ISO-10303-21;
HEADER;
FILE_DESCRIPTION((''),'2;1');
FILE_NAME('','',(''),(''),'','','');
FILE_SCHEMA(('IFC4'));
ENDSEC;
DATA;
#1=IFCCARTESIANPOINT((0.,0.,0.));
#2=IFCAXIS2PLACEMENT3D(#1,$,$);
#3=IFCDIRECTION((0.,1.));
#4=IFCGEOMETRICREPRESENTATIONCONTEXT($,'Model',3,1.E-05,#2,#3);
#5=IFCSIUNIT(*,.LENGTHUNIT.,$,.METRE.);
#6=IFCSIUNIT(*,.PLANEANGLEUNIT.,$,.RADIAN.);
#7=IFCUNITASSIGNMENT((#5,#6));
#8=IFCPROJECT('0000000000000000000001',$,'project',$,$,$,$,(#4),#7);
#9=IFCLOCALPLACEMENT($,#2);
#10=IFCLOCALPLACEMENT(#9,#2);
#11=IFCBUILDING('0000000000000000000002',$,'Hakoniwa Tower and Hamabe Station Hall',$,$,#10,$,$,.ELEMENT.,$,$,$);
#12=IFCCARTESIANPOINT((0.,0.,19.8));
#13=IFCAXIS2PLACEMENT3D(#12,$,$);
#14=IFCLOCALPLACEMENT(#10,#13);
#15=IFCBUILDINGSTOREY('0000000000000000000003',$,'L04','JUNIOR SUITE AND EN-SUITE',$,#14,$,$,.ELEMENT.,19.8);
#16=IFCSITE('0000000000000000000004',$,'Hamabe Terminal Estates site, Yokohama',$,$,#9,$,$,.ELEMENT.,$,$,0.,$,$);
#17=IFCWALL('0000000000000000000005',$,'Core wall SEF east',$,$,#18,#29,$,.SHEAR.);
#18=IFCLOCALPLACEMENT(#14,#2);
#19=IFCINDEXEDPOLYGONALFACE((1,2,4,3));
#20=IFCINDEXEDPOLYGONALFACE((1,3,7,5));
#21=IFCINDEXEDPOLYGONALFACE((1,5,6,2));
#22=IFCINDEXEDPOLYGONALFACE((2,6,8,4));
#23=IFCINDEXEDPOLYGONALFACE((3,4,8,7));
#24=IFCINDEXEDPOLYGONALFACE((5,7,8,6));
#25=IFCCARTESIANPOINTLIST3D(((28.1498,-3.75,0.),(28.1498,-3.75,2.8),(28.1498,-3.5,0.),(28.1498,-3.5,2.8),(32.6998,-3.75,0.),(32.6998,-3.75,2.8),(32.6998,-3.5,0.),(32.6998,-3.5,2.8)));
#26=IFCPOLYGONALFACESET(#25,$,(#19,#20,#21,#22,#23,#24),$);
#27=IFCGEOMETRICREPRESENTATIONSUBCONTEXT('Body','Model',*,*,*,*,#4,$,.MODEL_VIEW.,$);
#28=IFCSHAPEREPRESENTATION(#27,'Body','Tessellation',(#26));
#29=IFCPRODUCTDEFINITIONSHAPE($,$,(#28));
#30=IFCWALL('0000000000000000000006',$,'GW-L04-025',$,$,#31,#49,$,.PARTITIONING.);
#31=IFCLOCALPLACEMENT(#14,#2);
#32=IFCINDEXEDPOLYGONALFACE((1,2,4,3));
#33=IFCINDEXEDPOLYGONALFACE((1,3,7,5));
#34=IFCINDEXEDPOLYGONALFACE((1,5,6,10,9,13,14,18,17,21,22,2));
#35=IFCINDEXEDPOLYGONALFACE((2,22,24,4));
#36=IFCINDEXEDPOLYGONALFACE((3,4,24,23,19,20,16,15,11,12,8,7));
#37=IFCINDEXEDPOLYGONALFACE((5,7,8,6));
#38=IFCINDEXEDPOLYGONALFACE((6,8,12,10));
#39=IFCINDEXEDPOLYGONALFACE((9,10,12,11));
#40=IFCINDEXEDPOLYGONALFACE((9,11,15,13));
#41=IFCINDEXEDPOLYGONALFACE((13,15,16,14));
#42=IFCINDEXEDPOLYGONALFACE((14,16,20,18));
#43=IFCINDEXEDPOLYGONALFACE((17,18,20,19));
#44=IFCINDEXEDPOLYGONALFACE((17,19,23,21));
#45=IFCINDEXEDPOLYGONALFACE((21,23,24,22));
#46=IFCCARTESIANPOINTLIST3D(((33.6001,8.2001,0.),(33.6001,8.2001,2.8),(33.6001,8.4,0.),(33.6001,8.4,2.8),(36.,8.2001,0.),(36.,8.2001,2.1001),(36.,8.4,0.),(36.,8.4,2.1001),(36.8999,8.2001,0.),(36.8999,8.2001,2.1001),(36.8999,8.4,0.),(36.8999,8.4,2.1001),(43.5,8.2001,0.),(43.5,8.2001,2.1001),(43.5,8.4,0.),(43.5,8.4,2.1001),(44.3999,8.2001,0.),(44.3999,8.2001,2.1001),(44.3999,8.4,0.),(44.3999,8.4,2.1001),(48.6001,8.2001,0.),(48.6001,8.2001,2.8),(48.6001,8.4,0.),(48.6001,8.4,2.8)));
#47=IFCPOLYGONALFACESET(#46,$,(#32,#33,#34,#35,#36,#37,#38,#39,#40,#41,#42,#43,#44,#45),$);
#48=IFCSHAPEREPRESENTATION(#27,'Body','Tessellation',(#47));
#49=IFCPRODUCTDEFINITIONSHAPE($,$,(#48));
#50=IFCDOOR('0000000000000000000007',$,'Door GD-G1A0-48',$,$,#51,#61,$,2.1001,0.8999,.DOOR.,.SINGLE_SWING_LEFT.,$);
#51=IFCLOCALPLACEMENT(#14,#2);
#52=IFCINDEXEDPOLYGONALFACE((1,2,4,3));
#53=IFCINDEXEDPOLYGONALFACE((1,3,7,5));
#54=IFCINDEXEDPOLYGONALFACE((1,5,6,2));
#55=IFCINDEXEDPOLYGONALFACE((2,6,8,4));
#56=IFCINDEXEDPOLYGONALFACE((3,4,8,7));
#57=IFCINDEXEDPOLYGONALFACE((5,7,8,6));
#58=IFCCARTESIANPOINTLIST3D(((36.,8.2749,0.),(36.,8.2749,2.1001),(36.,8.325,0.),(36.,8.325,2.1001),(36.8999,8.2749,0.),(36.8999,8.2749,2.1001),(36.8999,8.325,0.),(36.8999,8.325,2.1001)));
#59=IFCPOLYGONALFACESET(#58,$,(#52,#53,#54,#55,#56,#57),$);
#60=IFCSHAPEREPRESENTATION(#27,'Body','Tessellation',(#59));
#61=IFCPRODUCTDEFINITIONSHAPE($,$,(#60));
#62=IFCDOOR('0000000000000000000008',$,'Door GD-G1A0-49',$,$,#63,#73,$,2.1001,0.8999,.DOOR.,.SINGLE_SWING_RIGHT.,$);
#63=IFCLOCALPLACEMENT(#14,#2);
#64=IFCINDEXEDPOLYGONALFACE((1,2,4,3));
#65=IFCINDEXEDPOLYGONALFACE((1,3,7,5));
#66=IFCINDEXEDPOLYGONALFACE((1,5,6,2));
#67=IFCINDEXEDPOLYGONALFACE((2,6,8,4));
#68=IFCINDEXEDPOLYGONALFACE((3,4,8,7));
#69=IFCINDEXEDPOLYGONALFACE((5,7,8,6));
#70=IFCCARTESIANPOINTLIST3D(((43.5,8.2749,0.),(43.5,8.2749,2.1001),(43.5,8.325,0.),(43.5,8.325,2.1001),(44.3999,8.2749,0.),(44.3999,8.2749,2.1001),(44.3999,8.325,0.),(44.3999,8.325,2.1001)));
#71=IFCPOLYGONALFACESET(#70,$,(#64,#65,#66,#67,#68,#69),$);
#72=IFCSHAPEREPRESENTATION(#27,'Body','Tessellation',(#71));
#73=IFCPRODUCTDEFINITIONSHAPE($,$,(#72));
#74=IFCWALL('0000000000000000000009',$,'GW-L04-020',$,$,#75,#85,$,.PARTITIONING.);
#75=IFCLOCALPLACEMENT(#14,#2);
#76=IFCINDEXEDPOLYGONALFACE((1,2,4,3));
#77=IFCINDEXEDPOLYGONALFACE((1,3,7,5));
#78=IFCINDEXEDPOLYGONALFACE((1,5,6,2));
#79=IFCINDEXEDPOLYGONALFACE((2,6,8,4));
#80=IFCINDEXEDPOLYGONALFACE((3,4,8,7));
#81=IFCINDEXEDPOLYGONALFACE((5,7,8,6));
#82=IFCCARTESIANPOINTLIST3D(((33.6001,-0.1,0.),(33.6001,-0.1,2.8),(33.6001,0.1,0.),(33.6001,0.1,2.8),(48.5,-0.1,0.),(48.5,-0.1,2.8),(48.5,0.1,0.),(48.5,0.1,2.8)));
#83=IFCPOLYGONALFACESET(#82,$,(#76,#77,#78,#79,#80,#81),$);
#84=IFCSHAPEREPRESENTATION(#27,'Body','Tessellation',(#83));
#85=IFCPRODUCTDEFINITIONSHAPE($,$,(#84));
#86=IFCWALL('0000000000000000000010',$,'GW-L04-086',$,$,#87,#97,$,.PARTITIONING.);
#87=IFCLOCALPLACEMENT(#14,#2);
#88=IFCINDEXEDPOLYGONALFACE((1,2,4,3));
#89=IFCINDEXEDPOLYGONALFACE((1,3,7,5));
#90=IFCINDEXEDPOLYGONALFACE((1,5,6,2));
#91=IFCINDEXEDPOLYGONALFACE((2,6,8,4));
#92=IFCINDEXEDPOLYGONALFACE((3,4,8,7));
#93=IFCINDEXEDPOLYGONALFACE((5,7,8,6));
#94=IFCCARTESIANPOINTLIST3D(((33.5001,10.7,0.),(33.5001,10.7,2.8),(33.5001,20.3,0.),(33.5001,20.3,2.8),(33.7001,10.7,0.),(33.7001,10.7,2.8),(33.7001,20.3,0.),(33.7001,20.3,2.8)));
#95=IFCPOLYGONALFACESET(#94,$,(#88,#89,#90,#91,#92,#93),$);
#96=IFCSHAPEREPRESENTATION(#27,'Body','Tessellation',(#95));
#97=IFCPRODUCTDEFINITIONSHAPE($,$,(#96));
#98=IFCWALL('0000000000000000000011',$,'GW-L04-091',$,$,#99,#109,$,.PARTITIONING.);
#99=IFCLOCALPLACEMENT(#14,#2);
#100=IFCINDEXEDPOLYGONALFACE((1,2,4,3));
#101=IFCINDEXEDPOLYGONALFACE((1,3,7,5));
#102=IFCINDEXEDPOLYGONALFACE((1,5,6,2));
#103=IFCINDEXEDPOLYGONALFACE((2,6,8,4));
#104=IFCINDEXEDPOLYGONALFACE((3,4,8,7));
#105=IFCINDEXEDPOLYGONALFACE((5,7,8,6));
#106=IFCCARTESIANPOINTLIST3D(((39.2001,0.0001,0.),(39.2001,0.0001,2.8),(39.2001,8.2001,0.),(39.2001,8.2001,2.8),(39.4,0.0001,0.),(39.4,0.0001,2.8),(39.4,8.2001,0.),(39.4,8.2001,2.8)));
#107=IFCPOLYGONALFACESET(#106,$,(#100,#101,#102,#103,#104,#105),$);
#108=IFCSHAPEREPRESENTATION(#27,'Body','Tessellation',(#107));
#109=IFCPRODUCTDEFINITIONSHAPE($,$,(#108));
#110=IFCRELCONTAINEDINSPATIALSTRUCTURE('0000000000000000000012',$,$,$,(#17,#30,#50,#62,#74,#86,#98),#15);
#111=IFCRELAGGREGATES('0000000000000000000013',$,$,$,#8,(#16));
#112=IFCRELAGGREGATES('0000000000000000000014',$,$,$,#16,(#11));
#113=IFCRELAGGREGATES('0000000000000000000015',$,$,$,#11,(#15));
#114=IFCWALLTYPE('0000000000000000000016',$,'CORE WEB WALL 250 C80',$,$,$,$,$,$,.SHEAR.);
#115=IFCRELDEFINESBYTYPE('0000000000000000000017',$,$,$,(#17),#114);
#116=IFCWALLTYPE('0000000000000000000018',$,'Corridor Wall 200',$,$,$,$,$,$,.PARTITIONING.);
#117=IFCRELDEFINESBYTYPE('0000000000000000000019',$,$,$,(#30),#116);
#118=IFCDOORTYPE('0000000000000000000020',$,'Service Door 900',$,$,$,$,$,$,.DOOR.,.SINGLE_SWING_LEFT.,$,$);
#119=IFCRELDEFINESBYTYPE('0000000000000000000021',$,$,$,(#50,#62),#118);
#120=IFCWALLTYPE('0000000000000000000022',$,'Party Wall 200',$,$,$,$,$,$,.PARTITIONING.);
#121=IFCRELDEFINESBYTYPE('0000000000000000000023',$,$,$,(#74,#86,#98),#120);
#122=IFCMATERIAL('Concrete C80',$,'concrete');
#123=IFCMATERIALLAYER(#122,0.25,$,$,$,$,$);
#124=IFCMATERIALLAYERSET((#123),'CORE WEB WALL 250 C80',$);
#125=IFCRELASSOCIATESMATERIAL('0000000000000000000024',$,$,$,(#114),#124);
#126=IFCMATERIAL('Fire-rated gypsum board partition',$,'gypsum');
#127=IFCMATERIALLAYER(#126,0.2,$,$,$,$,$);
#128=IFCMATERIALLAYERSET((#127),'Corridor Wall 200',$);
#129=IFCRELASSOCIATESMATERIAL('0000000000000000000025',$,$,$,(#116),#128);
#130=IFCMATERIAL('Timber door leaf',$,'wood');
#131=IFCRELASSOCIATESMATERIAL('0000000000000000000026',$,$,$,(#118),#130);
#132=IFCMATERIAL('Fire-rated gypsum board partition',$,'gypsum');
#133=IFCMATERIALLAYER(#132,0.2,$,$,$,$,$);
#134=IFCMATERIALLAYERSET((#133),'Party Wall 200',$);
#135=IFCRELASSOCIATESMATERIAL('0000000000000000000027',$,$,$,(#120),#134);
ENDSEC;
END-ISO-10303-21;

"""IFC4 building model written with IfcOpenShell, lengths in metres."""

from ifc_helpers import new_model, si_unit, direction, frame, frame_2d, origin, place, context, subcontext, project, spatial, rectangle, extrude, material, layer, layer_set, type_object, element, fill, save


model = new_model("IFC4")

# Units and contexts
model_context = context("Model", 3, precision=1e-05, world=origin(), true_north=direction((0.0, 1.0)))
body_context = subcontext(model_context, "Body", "Model", "MODEL_VIEW")
ifc_project = project(units=[si_unit("LENGTHUNIT", "METRE"), si_unit("PLANEANGLEUNIT", "RADIAN")], contexts=[model_context])

# Site, building, storey
site_placement = place(None, origin())
site = spatial("IfcSite", under=ifc_project, at=site_placement, Name="Hamabe Terminal Estates site, Yokohama", CompositionType="ELEMENT", RefElevation=0.0)
building_placement = place(site_placement, origin())
building = spatial("IfcBuilding", under=site, at=building_placement, Name="Hakoniwa Tower and Hamabe Station Hall", CompositionType="ELEMENT")
storey_placement = place(building_placement, frame((0.0, 0.0, 19.8)))
storey = spatial("IfcBuildingStorey", under=building, at=storey_placement, Name="L04", Description="JUNIOR SUITE AND EN-SUITE", CompositionType="ELEMENT", Elevation=19.8)

# Shared definitions
ifc_material_1 = material(Name="Concrete C80", Category="concrete")
ifc_layer_1 = layer(ifc_material_1, 0.25)
ifc_layer_set_1 = layer_set([ifc_layer_1], Name="CORE WEB WALL 250 C80")
wall_type_1 = type_object("IfcWallType", Name="CORE WEB WALL 250 C80", PredefinedType="SHEAR", material=ifc_layer_set_1)

# Wall
wall_1_placement = place(storey_placement, frame((28.1499, -3.625, 0.0), z_axis=(0.0, 0.0, 1.0), x_axis=(1.0, 0.0, 0.0)))
element("IfcWall", 1, at=wall_1_placement, inside=storey, type_object=wall_type_1, Name="Core wall SEF east", PredefinedType="SHEAR", context=body_context, shape_type="SweptSolid", body=[
    extrude(rectangle(XDim=4.55, YDim=0.25, at=frame_2d((2.2749, 0.0))), origin(), (0.0, 0.0, 1.0), 2.8),
])

# Wall, openings, doors
ifc_material_2 = material(Name="Fire-rated gypsum board partition", Category="gypsum")
ifc_layer_2 = layer(ifc_material_2, 0.2)
ifc_layer_set_2 = layer_set([ifc_layer_2], Name="Corridor Wall 200")
wall_type_2 = type_object("IfcWallType", Name="Corridor Wall 200", PredefinedType="PARTITIONING", material=ifc_layer_set_2)
wall_2_placement = place(storey_placement, frame((33.6001, 8.3, 0.0), z_axis=(0.0, 0.0, 1.0), x_axis=(1.0, 0.0, 0.0)))
wall_2 = element("IfcWall", 2, at=wall_2_placement, inside=storey, type_object=wall_type_2, Name="GW-L04-025", PredefinedType="PARTITIONING", context=body_context, shape_type="SweptSolid", body=[
    extrude(rectangle(XDim=15.0, YDim=0.2, at=frame_2d((7.5, 0.0))), origin(), (0.0, 0.0, 1.0), 2.8),
])
opening_1_placement = place(wall_2_placement, frame((2.3999, 0.0, 0.0)))
opening_1 = element("IfcOpeningElement", 3, at=opening_1_placement, cuts=wall_2, PredefinedType="OPENING", context=body_context, shape_type="SweptSolid", body=[
    extrude(rectangle(XDim=0.8999, YDim=2.1001, at=frame_2d((0.45, 1.05))), frame((0.0, 0.1099, 0.0), z_axis=(0.0, -1.0, 0.0), x_axis=(1.0, 0.0, 0.0)), (0.0, 0.0, 1.0), 0.22),
])
opening_2_placement = place(wall_2_placement, frame((9.8999, 0.0, 0.0)))
opening_2 = element("IfcOpeningElement", 4, at=opening_2_placement, cuts=wall_2, PredefinedType="OPENING", context=body_context, shape_type="SweptSolid", body=[
    extrude(rectangle(XDim=0.8999, YDim=2.1001, at=frame_2d((0.45, 1.05))), frame((0.0, 0.1099, 0.0), z_axis=(0.0, -1.0, 0.0), x_axis=(1.0, 0.0, 0.0)), (0.0, 0.0, 1.0), 0.22),
])
ifc_material_3 = material(Name="Timber door leaf", Category="wood")
door_type_1 = type_object("IfcDoorType", Name="Service Door 900", OperationType="SINGLE_SWING_LEFT", PredefinedType="DOOR", material=ifc_material_3)
door_1_placement = place(opening_1_placement, origin())
door_1 = element("IfcDoor", 5, at=door_1_placement, inside=storey, type_object=door_type_1, Name="Door GD-G1A0-48", OperationType="SINGLE_SWING_LEFT", OverallHeight=2.1001, OverallWidth=0.8999, PredefinedType="DOOR", context=body_context, shape_type="SweptSolid", body=[
    extrude(rectangle(XDim=0.8999, YDim=2.1001, at=frame_2d((0.45, 1.05))), frame((0.0, 0.0249, 0.0), z_axis=(0.0, -1.0, 0.0), x_axis=(1.0, 0.0, 0.0)), (0.0, 0.0, 1.0), 0.05),
])
fill(opening_1, door_1)
door_2_placement = place(opening_2_placement, origin())
door_2 = element("IfcDoor", 6, at=door_2_placement, inside=storey, type_object=door_type_1, Name="Door GD-G1A0-49", OperationType="SINGLE_SWING_RIGHT", OverallHeight=2.1001, OverallWidth=0.8999, PredefinedType="DOOR", context=body_context, shape_type="SweptSolid", body=[
    extrude(rectangle(XDim=0.8999, YDim=2.1001, at=frame_2d((0.45, 1.05))), frame((0.0, 0.0249, 0.0), z_axis=(0.0, -1.0, 0.0), x_axis=(1.0, 0.0, 0.0)), (0.0, 0.0, 1.0), 0.05),
])
fill(opening_2, door_2)

# Walls
ifc_material_4 = material(Name="Fire-rated gypsum board partition", Category="gypsum")
ifc_layer_3 = layer(ifc_material_4, 0.2)
ifc_layer_set_3 = layer_set([ifc_layer_3], Name="Party Wall 200")
wall_type_3 = type_object("IfcWallType", Name="Party Wall 200", PredefinedType="PARTITIONING", material=ifc_layer_set_3)
wall_3_placement = place(storey_placement, frame((33.6001, 0.0, 0.0), z_axis=(0.0, 0.0, 1.0), x_axis=(1.0, 0.0, 0.0)))
element("IfcWall", 7, at=wall_3_placement, inside=storey, type_object=wall_type_3, Name="GW-L04-020", PredefinedType="PARTITIONING", context=body_context, shape_type="SweptSolid", body=[
    extrude(rectangle(XDim=14.8999, YDim=0.2, at=frame_2d((7.45, 0.0))), origin(), (0.0, 0.0, 1.0), 2.8),
])
wall_4_placement = place(storey_placement, frame((33.6001, 10.7, 0.0), z_axis=(0.0, 0.0, 1.0), x_axis=(0.0, 1.0, 0.0)))
element("IfcWall", 8, at=wall_4_placement, inside=storey, type_object=wall_type_3, Name="GW-L04-086", PredefinedType="PARTITIONING", context=body_context, shape_type="SweptSolid", body=[
    extrude(rectangle(XDim=9.6001, YDim=0.2, at=frame_2d((4.8, 0.0))), origin(), (0.0, 0.0, 1.0), 2.8),
])
wall_5_placement = place(storey_placement, frame((39.3, 0.0, 0.0), z_axis=(0.0, 0.0, 1.0), x_axis=(0.0, 1.0, 0.0)))
element("IfcWall", 9, at=wall_5_placement, inside=storey, type_object=wall_type_3, Name="GW-L04-091", PredefinedType="PARTITIONING", context=body_context, shape_type="SweptSolid", body=[
    extrude(rectangle(XDim=8.2, YDim=0.2, at=frame_2d((4.1001, 0.0))), origin(), (0.0, 0.0, 1.0), 2.8),
])

save(model, "model.ifc")
